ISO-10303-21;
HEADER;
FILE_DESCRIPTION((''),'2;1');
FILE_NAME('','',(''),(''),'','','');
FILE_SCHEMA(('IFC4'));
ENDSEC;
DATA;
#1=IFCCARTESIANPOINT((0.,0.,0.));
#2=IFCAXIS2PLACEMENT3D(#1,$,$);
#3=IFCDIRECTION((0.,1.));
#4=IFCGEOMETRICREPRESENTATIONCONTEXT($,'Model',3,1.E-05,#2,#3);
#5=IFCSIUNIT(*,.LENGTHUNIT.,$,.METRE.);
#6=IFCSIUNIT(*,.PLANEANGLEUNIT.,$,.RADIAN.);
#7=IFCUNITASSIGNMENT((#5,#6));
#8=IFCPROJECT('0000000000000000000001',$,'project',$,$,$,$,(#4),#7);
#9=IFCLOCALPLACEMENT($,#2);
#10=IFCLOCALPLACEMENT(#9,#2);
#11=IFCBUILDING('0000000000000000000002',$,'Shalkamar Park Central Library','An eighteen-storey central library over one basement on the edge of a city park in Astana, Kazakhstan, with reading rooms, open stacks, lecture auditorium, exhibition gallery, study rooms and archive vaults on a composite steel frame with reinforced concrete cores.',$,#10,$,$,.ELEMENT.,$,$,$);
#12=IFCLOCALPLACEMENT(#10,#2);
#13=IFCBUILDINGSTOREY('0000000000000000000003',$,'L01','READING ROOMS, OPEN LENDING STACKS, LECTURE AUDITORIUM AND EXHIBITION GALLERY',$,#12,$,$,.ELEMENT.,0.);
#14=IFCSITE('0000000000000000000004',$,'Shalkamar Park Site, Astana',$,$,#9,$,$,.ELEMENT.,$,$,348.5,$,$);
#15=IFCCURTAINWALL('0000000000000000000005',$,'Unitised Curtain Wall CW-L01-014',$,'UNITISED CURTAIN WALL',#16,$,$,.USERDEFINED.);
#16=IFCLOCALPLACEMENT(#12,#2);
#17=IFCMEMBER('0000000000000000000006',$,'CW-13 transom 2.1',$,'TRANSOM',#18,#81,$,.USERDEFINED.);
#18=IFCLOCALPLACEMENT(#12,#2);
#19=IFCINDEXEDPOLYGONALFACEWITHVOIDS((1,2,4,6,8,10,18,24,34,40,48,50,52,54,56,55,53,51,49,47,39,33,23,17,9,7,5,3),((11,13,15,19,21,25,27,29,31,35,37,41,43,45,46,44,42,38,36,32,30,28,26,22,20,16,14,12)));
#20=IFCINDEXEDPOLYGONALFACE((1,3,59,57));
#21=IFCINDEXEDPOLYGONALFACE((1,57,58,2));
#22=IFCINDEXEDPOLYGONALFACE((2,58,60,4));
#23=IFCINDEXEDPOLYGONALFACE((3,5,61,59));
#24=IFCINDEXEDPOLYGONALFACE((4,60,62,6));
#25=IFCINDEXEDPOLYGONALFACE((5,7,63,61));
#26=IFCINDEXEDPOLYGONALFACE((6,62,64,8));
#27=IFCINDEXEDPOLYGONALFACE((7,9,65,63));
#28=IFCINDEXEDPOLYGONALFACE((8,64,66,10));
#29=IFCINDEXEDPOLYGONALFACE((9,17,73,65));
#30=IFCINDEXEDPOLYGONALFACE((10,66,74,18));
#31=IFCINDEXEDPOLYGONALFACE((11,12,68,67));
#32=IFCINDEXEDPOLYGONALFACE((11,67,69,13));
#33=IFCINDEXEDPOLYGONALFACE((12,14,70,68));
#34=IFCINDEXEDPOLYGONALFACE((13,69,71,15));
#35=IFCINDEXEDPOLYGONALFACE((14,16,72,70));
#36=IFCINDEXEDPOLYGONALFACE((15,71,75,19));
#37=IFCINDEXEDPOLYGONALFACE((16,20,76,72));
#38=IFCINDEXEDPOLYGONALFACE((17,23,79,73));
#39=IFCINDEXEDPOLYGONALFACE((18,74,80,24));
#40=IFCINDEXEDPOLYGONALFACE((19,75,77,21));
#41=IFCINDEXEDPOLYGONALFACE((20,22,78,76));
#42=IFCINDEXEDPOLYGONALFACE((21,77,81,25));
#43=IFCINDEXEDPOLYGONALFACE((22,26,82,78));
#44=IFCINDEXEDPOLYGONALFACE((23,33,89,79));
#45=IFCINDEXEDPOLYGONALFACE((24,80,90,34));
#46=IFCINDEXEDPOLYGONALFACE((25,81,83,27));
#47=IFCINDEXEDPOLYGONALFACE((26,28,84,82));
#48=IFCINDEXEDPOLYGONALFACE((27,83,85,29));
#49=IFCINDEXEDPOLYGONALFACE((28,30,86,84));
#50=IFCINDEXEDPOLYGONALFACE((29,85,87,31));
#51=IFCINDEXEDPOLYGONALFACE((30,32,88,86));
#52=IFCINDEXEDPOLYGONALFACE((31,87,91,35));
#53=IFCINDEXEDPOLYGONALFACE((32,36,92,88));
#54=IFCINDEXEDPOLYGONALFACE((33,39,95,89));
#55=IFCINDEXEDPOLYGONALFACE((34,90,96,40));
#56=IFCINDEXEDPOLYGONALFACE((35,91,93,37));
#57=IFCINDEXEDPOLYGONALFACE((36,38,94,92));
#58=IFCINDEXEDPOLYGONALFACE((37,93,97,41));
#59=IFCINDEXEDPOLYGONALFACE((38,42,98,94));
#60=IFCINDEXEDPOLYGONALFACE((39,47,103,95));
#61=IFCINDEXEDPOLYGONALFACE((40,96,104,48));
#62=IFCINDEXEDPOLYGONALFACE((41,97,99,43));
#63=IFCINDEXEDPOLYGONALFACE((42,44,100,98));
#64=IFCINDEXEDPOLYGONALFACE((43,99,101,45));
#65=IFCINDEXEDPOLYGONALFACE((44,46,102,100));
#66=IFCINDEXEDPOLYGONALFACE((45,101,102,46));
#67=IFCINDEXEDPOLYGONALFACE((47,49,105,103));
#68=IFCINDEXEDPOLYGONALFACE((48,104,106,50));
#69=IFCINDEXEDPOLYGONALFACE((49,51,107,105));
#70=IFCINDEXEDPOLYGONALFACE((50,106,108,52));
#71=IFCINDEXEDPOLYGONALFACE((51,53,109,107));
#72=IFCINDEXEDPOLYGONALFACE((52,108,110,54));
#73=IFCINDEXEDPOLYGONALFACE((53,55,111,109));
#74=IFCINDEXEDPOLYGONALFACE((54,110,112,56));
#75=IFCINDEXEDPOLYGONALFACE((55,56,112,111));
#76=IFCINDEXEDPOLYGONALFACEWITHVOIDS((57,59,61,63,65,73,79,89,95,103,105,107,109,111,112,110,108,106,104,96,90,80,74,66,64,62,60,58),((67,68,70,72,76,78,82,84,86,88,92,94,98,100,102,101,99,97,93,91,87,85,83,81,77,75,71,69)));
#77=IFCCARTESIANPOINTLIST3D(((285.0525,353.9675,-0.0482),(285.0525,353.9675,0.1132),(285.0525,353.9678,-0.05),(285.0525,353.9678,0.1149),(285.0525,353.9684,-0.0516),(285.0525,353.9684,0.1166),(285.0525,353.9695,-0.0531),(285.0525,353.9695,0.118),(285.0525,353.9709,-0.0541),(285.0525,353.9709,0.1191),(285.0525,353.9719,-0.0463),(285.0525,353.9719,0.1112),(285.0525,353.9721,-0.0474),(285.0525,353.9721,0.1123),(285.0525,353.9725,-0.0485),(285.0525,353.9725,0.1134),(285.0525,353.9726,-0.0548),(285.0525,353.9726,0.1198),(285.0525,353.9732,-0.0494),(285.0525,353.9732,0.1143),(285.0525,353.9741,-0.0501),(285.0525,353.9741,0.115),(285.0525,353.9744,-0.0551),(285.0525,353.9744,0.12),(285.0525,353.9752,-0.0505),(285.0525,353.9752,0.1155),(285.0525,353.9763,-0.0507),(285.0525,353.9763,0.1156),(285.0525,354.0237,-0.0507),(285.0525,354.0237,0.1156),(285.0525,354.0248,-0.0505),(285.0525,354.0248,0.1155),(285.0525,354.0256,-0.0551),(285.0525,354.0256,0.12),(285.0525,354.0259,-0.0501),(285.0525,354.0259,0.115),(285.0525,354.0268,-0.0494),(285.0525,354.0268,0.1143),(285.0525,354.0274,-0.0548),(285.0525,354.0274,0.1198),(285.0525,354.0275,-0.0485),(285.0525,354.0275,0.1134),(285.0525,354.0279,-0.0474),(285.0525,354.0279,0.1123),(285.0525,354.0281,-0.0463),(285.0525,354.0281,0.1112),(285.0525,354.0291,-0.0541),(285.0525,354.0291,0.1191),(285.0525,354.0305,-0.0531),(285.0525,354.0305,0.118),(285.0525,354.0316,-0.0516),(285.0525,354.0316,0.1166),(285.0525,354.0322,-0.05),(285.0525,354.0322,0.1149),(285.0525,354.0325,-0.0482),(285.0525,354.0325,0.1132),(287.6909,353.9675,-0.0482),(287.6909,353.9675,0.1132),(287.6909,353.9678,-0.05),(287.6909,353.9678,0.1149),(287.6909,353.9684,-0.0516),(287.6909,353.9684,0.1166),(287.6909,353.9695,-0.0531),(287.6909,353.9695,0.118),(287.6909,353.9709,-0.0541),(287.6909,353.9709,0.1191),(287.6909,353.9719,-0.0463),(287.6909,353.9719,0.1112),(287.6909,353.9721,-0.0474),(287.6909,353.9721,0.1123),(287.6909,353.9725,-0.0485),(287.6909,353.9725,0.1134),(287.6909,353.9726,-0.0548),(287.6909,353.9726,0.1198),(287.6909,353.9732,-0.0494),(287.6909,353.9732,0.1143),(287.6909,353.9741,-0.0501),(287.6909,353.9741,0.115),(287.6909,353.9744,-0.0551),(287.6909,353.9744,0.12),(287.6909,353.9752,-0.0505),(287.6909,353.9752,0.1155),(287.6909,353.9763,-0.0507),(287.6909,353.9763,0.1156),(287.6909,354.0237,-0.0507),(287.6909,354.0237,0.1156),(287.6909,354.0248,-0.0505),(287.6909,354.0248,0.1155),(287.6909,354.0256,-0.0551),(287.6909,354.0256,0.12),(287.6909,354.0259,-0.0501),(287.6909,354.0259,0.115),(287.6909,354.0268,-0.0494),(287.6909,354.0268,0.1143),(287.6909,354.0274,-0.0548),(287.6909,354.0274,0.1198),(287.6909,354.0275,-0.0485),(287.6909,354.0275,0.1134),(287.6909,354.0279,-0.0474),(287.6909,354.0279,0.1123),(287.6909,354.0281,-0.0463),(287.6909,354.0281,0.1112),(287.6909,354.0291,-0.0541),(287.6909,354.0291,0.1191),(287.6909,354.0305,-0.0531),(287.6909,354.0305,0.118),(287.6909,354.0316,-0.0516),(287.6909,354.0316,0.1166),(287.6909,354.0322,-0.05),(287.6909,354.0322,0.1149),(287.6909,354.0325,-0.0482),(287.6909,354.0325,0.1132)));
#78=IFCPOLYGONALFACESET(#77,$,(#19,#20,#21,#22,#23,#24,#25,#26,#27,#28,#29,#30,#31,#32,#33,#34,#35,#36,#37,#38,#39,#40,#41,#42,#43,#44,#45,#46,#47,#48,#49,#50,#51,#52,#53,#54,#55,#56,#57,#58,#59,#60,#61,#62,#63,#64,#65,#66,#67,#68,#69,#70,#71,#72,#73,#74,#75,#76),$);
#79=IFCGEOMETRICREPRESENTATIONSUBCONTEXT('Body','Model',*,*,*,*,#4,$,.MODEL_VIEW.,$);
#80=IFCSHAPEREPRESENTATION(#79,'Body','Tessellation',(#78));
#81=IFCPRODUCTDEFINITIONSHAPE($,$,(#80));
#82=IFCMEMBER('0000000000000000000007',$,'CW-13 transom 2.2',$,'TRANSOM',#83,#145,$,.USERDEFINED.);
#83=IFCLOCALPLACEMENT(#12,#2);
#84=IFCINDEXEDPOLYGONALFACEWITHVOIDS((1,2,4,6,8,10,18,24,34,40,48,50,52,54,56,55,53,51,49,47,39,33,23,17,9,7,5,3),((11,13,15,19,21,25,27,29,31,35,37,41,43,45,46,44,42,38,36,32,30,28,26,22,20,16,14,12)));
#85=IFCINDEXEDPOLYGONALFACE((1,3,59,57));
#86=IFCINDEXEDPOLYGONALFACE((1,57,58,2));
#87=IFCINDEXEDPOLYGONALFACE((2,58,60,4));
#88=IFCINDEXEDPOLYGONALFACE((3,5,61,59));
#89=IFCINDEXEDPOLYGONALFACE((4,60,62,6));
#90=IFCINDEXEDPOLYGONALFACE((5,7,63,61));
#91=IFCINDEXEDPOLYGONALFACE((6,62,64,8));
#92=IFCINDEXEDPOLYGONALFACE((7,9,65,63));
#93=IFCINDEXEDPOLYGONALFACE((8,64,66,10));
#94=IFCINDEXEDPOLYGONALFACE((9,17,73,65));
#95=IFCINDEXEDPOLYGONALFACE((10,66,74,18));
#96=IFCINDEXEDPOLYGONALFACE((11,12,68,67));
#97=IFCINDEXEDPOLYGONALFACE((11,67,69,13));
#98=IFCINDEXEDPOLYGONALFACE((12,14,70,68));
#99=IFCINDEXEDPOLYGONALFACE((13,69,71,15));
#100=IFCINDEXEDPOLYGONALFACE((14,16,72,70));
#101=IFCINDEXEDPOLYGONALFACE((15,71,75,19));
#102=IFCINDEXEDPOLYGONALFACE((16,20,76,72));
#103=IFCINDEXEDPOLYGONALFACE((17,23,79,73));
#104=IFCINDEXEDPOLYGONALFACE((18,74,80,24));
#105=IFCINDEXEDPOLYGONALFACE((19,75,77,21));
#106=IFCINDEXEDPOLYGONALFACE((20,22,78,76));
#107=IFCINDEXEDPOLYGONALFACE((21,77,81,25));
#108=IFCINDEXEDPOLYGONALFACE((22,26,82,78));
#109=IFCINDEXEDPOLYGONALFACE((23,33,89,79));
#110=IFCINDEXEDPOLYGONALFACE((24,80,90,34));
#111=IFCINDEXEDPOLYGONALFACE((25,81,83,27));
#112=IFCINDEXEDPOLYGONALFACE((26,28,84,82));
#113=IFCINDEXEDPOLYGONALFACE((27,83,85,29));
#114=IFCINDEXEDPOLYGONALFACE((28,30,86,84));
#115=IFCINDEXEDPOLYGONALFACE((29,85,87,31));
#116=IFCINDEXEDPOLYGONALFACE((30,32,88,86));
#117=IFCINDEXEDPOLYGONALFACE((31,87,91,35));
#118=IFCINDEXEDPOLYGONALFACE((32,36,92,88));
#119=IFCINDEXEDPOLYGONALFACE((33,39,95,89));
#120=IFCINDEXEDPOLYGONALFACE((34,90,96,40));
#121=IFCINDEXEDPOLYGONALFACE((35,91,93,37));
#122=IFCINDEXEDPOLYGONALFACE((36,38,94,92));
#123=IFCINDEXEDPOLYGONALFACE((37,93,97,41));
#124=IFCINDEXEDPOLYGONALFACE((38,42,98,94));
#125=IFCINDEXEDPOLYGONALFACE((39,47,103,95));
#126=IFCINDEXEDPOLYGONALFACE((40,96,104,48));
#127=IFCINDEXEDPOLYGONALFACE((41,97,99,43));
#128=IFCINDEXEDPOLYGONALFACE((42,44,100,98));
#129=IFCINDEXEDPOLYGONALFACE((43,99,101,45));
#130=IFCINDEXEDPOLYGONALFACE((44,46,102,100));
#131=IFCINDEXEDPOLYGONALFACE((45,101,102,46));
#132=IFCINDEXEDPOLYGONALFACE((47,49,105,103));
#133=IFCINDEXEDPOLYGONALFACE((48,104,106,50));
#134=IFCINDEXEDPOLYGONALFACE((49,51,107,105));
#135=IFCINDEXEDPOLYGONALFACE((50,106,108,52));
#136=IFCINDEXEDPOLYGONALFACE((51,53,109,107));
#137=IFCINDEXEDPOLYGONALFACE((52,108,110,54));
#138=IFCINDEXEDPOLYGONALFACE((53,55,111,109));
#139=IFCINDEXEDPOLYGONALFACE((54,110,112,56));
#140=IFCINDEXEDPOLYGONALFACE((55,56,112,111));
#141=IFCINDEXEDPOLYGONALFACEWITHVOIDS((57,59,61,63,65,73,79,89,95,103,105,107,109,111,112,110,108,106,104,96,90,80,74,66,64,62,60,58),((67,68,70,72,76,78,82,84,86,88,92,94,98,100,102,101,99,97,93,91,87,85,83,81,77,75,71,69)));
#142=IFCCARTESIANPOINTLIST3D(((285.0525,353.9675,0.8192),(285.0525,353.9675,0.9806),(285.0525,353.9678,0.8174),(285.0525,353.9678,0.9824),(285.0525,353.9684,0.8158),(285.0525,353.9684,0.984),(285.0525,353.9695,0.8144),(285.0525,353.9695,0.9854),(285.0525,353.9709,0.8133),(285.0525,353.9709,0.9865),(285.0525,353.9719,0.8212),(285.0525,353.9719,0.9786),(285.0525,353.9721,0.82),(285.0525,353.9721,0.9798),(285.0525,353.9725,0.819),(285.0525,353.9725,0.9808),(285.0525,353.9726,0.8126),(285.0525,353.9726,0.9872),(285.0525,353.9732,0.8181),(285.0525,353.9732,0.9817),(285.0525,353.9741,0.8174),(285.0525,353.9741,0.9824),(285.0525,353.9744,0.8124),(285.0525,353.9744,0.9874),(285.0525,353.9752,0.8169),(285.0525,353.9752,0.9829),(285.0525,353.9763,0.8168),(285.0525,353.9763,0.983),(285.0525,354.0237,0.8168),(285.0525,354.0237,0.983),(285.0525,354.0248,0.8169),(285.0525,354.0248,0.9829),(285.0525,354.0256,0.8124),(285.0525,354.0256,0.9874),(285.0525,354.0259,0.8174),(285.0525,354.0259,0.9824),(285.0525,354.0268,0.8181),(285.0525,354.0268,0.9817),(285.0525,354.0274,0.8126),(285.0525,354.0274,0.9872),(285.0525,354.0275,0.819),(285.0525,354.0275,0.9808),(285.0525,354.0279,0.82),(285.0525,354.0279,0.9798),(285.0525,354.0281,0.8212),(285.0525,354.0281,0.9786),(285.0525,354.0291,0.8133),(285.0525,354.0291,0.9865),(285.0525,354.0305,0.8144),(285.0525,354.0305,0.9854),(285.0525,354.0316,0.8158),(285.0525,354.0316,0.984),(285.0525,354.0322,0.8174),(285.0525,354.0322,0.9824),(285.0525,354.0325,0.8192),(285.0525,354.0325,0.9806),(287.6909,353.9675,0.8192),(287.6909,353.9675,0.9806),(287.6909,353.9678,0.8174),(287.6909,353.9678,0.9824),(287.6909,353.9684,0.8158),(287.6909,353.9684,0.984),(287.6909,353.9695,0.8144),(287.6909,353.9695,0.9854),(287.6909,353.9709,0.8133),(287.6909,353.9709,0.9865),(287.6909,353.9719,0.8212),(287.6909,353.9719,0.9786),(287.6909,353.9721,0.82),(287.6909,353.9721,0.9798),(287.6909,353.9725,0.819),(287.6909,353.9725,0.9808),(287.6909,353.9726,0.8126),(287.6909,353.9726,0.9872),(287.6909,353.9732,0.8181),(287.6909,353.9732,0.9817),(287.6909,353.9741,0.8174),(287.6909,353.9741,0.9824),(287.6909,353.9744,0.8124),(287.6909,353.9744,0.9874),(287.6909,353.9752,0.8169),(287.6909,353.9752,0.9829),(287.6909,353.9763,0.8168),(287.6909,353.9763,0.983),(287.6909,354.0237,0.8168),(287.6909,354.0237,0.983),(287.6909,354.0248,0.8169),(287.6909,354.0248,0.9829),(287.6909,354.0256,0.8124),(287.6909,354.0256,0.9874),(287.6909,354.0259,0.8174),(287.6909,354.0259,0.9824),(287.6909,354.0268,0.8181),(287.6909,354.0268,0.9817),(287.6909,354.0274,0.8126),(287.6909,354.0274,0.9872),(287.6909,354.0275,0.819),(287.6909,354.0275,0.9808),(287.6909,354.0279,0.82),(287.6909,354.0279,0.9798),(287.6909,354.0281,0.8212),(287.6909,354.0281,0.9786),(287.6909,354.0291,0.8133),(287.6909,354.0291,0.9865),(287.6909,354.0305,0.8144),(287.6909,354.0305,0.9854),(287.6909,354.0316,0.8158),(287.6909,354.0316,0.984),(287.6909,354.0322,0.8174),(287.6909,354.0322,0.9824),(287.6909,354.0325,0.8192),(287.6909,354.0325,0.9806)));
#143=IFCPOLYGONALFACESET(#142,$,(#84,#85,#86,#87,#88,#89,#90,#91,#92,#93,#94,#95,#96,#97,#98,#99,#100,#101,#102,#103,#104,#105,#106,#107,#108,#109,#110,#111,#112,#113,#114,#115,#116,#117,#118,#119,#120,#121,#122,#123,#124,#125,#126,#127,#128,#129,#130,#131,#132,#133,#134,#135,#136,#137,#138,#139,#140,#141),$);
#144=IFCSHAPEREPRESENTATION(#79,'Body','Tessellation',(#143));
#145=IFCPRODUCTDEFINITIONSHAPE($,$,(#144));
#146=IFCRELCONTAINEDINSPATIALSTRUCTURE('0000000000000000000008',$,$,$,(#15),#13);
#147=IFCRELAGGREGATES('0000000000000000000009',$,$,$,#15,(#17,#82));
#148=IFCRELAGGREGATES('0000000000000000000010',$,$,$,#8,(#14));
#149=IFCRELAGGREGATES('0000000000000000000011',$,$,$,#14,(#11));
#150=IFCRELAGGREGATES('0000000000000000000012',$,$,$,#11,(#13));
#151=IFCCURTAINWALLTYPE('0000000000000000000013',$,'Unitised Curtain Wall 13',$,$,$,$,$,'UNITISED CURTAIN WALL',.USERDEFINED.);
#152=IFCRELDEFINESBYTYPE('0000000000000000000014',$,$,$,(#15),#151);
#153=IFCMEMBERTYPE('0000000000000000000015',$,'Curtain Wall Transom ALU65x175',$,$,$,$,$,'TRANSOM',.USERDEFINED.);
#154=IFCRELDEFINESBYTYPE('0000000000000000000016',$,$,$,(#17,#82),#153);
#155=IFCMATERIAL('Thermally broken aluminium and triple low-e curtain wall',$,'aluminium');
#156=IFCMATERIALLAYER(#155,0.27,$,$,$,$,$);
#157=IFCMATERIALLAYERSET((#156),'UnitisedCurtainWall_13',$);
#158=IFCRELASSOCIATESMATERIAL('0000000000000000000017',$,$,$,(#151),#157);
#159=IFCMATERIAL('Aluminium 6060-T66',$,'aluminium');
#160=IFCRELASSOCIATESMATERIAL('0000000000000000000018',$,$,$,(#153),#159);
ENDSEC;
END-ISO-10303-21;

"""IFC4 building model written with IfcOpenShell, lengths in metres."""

from ifc_helpers import new_model, si_unit, direction, frame, origin, origin_2d, place, context, subcontext, project, spatial, hollow_rectangle, extrude, material, layer, layer_set, material_profile, profile_set, type_object, element, aggregate, save


model = new_model("IFC4")

# Units and contexts
model_context = context("Model", 3, precision=1e-05, world=origin(), true_north=direction((0.0, 1.0)))
body_context = subcontext(model_context, "Body", "Model", "MODEL_VIEW")
ifc_project = project(units=[si_unit("LENGTHUNIT", "METRE"), si_unit("PLANEANGLEUNIT", "RADIAN")], contexts=[model_context])

# Site, building, storey
site_placement = place(None, origin())
site = spatial("IfcSite", under=ifc_project, at=site_placement, Name="Shalkamar Park Site, Astana", CompositionType="ELEMENT", RefElevation=348.5)
building_placement = place(site_placement, origin())
building = spatial("IfcBuilding", under=site, at=building_placement, Name="Shalkamar Park Central Library", Description="An eighteen-storey central library over one basement on the edge of a city park in Astana, Kazakhstan, with reading rooms, open stacks, lecture auditorium, exhibition gallery, study rooms and archive vaults on a composite steel frame with reinforced concrete cores.", CompositionType="ELEMENT")
storey_placement = place(building_placement, origin())
storey = spatial("IfcBuildingStorey", under=building, at=storey_placement, Name="L01", Description="READING ROOMS, OPEN LENDING STACKS, LECTURE AUDITORIUM AND EXHIBITION GALLERY", CompositionType="ELEMENT", Elevation=0.0)

# Curtain wall, members
ifc_material_1 = material(Name="Thermally broken aluminium and triple low-e curtain wall", Category="aluminium")
ifc_layer_1 = layer(ifc_material_1, 0.27)
ifc_layer_set_1 = layer_set([ifc_layer_1], Name="UnitisedCurtainWall_13")
curtain_wall_type = type_object("IfcCurtainWallType", Name="Unitised Curtain Wall 13", ElementType="UNITISED CURTAIN WALL", PredefinedType="USERDEFINED", material=ifc_layer_set_1)
curtain_wall_placement = place(storey_placement, origin())
curtain_wall = element("IfcCurtainWall", 1, at=curtain_wall_placement, inside=storey, type_object=curtain_wall_type, Name="Unitised Curtain Wall CW-L01-014", ObjectType="UNITISED CURTAIN WALL", PredefinedType="USERDEFINED")
ifc_material_2 = material(Name="Aluminium 6060-T66", Category="aluminium")
ifc_material_profile_1 = material_profile(ifc_material_2, hollow_rectangle(XDim=0.0649, YDim=0.175, WallThickness=0.0044, InnerFilletRadius=0.0044, OuterFilletRadius=0.0068, at=origin_2d()), Name="ALU 65x175x4.5")
ifc_profile_set_1 = profile_set([ifc_material_profile_1], Name="Aluminium 6060-T66")
member_type_1 = type_object("IfcMemberType", Name="Curtain Wall Transom ALU65x175", ElementType="TRANSOM", PredefinedType="USERDEFINED", material=ifc_profile_set_1)
member_1_placement = place(storey_placement, frame((285.0525, 354.0, 0.0325), z_axis=(1.0, 0.0, 0.0), x_axis=(0.0, 1.0, 0.0)))
member_1 = element("IfcMember", 2, at=member_1_placement, type_object=member_type_1, Name="CW-13 transom 2.1", ObjectType="TRANSOM", PredefinedType="USERDEFINED", context=body_context, shape_type="SweptSolid", body=[
    extrude(hollow_rectangle(XDim=0.0649, YDim=0.175, WallThickness=0.0044, InnerFilletRadius=0.0044, OuterFilletRadius=0.0068, at=origin_2d()), origin(), (0.0, 0.0, 1.0), 2.6384),
])
member_2_placement = place(storey_placement, frame((285.0525, 354.0, 0.8999), z_axis=(1.0, 0.0, 0.0), x_axis=(0.0, 1.0, 0.0)))
member_2 = element("IfcMember", 3, at=member_2_placement, type_object=member_type_1, Name="CW-13 transom 2.2", ObjectType="TRANSOM", PredefinedType="USERDEFINED", context=body_context, shape_type="SweptSolid", body=[
    extrude(hollow_rectangle(XDim=0.0649, YDim=0.175, WallThickness=0.0044, InnerFilletRadius=0.0044, OuterFilletRadius=0.0068, at=origin_2d()), origin(), (0.0, 0.0, 1.0), 2.6384),
])

aggregate(curtain_wall, [member_1, member_2])

save(model, "model.ifc")
